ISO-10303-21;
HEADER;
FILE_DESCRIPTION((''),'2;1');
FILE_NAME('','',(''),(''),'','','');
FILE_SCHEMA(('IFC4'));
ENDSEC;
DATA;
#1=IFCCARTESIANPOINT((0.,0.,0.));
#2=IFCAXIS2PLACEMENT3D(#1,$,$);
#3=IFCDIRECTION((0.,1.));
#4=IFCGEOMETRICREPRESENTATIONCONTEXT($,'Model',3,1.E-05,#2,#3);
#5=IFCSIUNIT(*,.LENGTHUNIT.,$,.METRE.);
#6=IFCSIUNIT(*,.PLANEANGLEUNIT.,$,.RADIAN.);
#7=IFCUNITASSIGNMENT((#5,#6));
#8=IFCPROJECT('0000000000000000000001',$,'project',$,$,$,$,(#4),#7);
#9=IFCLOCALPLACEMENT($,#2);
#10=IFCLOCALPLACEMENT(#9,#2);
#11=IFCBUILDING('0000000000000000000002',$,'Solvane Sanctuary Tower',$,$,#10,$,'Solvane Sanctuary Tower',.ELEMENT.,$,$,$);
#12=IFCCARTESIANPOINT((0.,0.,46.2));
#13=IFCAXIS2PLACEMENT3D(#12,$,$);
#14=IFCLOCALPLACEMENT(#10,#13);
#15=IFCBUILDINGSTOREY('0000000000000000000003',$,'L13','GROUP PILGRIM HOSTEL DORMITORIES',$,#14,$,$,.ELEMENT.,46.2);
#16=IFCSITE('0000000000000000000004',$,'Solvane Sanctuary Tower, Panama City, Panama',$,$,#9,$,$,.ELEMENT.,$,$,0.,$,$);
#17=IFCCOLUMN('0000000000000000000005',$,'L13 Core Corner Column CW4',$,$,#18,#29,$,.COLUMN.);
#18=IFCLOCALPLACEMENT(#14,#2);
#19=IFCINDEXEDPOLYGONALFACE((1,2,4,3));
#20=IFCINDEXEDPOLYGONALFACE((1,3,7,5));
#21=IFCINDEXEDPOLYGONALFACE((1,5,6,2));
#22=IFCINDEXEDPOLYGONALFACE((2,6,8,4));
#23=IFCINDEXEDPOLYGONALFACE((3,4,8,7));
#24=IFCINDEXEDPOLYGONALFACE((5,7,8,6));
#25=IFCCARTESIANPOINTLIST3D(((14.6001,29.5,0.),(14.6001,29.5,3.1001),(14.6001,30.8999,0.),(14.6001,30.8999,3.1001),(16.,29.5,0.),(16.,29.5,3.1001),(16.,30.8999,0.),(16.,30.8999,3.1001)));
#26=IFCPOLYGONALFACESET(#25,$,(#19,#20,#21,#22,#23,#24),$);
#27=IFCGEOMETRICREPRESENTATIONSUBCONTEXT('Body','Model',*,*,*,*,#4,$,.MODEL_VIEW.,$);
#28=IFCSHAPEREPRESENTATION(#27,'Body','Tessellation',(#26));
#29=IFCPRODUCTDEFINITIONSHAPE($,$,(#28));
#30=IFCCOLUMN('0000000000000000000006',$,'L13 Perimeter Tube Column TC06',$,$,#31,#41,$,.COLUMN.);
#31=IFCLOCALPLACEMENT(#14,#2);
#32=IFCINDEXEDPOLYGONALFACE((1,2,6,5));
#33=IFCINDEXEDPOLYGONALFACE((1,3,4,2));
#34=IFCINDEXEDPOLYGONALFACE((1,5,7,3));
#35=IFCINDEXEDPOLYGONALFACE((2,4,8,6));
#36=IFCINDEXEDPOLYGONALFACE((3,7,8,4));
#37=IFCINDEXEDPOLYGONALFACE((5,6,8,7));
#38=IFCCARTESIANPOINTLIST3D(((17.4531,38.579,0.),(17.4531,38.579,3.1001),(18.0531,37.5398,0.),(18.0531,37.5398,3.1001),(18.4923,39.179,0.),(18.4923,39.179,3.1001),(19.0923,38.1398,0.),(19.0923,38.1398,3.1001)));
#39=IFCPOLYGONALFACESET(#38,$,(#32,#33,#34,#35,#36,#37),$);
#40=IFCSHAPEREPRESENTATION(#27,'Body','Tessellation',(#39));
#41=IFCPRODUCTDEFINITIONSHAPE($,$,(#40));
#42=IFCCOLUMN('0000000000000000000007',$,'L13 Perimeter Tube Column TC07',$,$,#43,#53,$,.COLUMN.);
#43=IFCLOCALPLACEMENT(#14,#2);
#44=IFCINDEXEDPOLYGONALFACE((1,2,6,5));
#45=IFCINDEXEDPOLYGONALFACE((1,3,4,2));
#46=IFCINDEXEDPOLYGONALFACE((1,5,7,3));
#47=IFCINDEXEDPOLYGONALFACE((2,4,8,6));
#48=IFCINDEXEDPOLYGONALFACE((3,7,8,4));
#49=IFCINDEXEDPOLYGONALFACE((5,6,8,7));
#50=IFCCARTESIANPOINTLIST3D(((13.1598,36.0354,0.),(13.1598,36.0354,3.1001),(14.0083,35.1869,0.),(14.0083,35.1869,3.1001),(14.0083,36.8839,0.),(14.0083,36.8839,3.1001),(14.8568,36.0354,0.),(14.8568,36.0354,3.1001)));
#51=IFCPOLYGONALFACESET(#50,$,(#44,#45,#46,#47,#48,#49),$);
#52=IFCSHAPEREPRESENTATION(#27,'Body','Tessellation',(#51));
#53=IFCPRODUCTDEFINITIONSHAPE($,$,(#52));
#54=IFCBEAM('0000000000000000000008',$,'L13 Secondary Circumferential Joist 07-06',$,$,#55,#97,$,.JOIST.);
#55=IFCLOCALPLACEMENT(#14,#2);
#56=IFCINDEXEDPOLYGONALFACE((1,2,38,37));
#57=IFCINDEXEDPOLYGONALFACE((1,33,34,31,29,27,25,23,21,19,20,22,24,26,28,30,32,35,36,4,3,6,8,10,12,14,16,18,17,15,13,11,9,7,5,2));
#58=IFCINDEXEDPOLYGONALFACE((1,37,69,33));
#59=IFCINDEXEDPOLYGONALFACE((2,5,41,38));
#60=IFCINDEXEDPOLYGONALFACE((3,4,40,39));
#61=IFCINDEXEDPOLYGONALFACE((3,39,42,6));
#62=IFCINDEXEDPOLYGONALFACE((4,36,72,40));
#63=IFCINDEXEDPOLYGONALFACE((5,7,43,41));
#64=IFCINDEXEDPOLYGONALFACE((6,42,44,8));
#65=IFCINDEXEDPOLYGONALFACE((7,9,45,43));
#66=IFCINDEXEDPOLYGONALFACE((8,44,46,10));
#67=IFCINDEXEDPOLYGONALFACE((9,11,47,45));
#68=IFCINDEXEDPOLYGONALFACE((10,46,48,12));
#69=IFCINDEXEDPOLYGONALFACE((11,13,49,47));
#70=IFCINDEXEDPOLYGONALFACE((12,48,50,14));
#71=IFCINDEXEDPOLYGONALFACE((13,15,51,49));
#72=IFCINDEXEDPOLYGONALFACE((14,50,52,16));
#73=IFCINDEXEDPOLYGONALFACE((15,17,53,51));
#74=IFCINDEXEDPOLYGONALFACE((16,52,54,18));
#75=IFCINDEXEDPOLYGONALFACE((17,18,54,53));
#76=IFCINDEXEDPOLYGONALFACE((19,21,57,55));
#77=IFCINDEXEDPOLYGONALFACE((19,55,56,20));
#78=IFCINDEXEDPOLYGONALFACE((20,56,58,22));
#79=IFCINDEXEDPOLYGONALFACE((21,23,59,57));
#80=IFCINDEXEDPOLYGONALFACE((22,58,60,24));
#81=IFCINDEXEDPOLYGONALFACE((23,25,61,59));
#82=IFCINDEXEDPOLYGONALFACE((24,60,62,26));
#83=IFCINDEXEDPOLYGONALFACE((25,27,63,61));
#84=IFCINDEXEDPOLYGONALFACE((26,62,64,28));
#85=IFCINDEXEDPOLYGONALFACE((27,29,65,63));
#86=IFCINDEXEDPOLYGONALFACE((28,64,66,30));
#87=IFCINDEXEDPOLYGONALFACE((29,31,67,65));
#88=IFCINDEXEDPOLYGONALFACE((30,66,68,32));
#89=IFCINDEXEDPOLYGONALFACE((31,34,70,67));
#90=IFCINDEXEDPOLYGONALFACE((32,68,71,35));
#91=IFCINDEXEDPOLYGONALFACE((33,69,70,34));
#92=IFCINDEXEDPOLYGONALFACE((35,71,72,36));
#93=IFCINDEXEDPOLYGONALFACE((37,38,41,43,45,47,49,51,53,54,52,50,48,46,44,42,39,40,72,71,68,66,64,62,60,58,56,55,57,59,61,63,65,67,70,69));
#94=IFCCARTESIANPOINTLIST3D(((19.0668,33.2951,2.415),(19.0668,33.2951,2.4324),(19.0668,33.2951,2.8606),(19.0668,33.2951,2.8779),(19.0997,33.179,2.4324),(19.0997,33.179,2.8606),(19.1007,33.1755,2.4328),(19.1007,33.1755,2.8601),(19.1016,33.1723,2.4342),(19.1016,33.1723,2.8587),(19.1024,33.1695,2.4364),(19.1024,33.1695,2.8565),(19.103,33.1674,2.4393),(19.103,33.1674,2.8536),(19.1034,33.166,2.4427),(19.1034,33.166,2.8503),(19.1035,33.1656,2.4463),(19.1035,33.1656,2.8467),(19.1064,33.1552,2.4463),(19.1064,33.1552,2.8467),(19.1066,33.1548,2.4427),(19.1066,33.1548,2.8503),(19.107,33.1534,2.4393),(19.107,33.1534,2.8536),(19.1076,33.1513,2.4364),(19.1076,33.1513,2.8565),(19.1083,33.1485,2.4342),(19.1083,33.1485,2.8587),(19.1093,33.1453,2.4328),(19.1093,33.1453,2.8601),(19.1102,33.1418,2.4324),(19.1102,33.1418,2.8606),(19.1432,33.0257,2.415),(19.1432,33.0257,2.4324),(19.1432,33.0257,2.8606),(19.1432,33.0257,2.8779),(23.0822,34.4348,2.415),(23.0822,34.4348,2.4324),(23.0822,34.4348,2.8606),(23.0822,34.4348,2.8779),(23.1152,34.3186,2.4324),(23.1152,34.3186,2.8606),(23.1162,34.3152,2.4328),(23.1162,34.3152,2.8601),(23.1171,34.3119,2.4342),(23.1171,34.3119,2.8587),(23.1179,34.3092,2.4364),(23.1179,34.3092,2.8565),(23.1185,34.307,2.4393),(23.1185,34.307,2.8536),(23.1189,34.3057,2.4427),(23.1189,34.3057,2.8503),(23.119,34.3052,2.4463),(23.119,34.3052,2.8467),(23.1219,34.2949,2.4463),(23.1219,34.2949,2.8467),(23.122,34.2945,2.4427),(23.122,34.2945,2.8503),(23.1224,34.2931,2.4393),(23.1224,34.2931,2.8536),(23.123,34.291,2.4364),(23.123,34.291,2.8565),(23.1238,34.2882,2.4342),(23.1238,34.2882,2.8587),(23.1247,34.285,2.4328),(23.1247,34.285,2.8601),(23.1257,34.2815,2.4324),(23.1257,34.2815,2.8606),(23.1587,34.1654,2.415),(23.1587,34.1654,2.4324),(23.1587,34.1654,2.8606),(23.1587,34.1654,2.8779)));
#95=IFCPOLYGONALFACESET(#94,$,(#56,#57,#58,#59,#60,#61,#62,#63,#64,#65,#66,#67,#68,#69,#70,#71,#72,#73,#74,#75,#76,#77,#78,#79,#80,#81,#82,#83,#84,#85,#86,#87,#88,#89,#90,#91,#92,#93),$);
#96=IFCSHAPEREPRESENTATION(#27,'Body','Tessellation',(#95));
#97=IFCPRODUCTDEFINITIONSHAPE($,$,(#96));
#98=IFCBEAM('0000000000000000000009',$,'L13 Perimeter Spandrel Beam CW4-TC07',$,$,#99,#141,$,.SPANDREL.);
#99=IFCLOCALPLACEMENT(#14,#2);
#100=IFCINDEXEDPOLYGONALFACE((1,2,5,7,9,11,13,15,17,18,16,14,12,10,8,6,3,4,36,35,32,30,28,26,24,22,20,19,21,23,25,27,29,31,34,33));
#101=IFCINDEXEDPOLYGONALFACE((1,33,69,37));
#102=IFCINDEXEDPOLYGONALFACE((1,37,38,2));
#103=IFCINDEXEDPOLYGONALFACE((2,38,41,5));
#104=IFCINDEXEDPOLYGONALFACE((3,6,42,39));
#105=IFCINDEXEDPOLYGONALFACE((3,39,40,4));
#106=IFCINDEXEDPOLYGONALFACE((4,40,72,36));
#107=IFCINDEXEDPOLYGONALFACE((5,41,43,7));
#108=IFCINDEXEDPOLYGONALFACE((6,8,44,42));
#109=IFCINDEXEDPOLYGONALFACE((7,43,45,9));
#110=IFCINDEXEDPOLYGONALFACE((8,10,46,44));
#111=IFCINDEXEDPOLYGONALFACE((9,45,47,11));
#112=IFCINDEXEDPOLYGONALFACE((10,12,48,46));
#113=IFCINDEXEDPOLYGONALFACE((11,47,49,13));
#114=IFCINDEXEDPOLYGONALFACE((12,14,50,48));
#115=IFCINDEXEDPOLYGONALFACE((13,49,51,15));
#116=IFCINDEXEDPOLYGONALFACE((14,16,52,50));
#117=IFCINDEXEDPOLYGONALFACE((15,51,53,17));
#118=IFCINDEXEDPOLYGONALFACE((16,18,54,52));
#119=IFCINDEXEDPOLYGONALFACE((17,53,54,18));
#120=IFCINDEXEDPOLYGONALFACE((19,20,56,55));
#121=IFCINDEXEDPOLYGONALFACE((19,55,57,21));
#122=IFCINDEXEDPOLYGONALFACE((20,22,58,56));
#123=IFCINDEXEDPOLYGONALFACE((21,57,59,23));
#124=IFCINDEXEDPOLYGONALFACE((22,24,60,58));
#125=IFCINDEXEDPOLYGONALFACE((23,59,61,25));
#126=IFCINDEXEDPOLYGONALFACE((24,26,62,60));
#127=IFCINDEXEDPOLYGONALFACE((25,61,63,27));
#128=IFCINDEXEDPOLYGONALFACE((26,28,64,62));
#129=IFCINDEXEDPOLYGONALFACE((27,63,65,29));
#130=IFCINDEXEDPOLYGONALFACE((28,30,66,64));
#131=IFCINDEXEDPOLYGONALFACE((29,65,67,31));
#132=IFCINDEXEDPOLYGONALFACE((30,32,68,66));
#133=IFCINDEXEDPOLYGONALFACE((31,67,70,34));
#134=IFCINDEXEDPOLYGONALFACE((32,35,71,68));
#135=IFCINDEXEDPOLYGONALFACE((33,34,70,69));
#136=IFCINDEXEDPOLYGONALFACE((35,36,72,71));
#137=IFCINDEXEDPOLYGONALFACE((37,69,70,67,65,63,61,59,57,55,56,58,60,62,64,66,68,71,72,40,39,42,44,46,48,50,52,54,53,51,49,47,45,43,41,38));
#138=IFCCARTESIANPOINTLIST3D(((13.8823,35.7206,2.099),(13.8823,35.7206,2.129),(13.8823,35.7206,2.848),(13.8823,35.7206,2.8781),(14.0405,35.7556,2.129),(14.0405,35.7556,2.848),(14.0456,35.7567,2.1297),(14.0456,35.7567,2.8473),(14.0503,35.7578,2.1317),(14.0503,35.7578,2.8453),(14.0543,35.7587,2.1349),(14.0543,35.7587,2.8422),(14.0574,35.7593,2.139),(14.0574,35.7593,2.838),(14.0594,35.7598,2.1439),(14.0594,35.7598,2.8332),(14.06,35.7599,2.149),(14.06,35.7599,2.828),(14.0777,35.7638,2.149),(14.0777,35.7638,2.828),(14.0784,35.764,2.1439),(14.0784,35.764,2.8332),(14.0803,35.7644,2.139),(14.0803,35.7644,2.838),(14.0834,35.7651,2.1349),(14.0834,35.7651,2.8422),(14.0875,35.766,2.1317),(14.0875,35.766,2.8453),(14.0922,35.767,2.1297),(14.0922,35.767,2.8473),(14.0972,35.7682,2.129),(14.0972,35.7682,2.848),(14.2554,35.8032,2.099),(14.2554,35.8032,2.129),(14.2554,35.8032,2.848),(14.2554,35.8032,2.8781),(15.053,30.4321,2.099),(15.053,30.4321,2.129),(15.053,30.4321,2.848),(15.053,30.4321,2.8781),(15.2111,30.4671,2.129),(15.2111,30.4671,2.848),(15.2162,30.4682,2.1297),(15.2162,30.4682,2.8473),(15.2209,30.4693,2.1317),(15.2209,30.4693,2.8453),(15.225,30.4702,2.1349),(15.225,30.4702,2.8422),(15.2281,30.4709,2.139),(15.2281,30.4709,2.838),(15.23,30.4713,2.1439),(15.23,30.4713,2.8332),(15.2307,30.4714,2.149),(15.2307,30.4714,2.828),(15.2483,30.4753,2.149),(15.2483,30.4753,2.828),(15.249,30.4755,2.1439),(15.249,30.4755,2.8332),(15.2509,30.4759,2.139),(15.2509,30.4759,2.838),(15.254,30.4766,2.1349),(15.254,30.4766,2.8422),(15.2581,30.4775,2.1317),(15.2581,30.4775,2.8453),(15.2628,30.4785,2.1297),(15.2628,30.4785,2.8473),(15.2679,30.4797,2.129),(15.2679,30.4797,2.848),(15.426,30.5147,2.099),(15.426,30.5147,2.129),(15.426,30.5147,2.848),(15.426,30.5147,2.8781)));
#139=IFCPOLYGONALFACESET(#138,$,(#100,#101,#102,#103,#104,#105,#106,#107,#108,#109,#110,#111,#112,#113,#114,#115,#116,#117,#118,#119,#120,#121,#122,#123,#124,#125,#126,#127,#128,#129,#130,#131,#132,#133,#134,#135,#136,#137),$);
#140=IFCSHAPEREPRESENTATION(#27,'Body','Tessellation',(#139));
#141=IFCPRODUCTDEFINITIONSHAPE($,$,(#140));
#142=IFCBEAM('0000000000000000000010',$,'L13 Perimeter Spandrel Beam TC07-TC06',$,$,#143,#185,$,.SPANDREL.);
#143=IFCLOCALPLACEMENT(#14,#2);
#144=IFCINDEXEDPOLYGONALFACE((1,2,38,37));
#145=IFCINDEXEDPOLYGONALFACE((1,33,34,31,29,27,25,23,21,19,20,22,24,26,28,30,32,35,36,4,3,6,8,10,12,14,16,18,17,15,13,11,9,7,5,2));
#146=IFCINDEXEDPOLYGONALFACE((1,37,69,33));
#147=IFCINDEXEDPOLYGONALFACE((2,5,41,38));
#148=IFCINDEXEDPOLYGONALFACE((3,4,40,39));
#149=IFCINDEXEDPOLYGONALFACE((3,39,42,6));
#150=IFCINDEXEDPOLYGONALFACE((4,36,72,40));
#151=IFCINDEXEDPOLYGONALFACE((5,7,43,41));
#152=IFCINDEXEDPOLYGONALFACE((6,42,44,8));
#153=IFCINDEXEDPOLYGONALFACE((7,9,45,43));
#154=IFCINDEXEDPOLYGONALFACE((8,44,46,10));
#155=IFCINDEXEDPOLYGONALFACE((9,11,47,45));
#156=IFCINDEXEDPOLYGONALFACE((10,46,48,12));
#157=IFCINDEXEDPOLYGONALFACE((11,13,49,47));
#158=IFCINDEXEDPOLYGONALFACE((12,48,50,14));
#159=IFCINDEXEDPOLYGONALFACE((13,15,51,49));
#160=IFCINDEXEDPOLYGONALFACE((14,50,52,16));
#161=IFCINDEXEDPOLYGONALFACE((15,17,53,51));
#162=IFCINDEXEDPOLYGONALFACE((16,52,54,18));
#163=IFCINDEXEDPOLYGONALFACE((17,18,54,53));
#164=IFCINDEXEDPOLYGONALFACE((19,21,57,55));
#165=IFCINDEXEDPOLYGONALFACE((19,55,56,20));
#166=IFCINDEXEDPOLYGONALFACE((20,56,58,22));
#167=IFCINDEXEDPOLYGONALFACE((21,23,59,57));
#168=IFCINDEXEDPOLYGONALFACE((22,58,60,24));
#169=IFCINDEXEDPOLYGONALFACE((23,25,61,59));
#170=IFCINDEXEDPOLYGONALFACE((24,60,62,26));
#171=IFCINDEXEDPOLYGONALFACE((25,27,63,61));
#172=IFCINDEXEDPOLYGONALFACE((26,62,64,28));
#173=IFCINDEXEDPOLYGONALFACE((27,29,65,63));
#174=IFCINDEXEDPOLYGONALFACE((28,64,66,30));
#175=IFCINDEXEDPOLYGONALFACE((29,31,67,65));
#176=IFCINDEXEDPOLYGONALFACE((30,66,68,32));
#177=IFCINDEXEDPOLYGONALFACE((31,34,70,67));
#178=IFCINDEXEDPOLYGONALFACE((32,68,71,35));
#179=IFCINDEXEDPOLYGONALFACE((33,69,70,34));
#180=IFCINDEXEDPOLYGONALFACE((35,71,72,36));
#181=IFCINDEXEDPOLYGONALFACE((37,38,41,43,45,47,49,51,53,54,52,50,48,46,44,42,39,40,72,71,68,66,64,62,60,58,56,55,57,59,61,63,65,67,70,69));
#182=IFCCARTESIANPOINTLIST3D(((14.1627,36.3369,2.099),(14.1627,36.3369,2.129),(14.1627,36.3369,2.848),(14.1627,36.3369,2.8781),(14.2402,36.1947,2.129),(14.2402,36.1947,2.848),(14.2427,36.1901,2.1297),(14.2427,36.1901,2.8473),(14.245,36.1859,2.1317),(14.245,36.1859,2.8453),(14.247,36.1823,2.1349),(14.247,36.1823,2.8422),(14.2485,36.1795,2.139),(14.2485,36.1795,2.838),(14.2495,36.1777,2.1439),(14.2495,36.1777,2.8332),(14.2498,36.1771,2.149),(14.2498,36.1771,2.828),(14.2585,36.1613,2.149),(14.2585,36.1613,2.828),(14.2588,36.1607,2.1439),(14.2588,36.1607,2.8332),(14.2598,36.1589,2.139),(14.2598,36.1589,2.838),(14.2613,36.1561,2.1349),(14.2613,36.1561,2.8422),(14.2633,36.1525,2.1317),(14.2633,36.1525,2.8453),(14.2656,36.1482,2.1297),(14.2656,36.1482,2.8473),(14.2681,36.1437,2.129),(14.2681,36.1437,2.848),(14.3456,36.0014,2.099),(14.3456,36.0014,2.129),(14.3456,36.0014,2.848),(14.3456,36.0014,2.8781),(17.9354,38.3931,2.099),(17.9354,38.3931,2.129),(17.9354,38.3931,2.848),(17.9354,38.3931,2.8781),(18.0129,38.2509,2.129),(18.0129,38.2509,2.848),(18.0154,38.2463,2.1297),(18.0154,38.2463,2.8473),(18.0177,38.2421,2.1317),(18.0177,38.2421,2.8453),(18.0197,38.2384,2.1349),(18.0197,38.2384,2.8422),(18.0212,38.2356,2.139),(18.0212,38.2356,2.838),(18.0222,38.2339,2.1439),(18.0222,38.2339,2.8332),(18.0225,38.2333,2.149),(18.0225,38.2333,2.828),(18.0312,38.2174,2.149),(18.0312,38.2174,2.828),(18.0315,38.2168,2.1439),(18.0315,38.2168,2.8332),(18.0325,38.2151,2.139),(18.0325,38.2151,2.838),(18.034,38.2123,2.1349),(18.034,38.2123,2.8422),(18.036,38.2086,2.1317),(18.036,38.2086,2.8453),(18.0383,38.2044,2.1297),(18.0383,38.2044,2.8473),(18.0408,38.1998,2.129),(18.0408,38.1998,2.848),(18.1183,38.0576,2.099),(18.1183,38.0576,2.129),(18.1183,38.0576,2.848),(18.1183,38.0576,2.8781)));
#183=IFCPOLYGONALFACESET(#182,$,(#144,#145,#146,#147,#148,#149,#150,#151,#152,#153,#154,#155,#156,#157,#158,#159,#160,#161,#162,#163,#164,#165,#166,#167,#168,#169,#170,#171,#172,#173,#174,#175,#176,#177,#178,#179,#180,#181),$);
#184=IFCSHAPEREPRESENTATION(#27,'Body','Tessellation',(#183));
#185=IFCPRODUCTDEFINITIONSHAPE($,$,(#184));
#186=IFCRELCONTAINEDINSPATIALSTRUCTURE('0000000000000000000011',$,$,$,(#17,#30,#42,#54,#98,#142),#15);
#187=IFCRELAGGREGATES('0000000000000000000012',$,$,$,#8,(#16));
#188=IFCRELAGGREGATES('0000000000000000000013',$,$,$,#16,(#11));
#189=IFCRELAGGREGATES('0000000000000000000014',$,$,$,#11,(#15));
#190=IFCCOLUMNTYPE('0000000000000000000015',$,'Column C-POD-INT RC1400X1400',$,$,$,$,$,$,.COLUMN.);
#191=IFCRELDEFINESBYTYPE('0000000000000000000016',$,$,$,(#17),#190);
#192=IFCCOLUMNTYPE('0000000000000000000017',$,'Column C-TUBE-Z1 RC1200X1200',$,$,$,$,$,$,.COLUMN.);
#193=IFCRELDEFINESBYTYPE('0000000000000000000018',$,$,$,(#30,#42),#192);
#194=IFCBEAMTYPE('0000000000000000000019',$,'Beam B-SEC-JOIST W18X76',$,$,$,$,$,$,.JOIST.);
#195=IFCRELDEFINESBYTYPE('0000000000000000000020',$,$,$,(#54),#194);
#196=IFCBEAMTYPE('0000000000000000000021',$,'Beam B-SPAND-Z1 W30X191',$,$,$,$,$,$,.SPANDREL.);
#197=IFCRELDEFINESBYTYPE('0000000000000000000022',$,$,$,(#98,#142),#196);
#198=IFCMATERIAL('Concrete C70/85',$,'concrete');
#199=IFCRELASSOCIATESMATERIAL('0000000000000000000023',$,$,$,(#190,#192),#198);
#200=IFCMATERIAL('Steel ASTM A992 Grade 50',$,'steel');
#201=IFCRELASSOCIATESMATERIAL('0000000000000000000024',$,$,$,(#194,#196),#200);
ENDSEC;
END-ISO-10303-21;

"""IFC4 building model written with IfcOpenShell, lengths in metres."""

from ifc_helpers import new_model, si_unit, direction, frame, origin, origin_2d, place, context, subcontext, project, spatial, rectangle, i_section, extrude, material, material_profile, profile_set, type_object, element, save


model = new_model("IFC4")

# Units and contexts
model_context = context("Model", 3, precision=1e-05, world=origin(), true_north=direction((0.0, 1.0)))
body_context = subcontext(model_context, "Body", "Model", "MODEL_VIEW")
ifc_project = project(units=[si_unit("LENGTHUNIT", "METRE"), si_unit("PLANEANGLEUNIT", "RADIAN")], contexts=[model_context])

# Site, building, storey
site_placement = place(None, origin())
site = spatial("IfcSite", under=ifc_project, at=site_placement, Name="Solvane Sanctuary Tower, Panama City, Panama", CompositionType="ELEMENT", RefElevation=0.0)
building_placement = place(site_placement, origin())
building = spatial("IfcBuilding", under=site, at=building_placement, Name="Solvane Sanctuary Tower", LongName="Solvane Sanctuary Tower", CompositionType="ELEMENT")
storey_placement = place(building_placement, frame((0.0, 0.0, 46.2)))
storey = spatial("IfcBuildingStorey", under=building, at=storey_placement, Name="L13", Description="GROUP PILGRIM HOSTEL DORMITORIES", CompositionType="ELEMENT", Elevation=46.2)

# Columns
ifc_material_1 = material(Name="Concrete C70/85", Category="concrete")
ifc_material_profile_1 = material_profile(ifc_material_1, rectangle(XDim=1.3999, YDim=1.3999, at=origin_2d()), Name="RC1400X1400")
ifc_profile_set_1 = profile_set([ifc_material_profile_1], Name="Concrete C70/85")
column_type_1 = type_object("IfcColumnType", Name="Column C-POD-INT RC1400X1400", PredefinedType="COLUMN", material=ifc_profile_set_1)
column_placement = place(storey_placement, frame((15.3, 30.2, 0.0), z_axis=(0.0, 0.0, 1.0), x_axis=(1.0, 0.0, 0.0)))
element("IfcColumn", 1, at=column_placement, inside=storey, type_object=column_type_1, Name="L13 Core Corner Column CW4", PredefinedType="COLUMN", context=body_context, shape_type="SweptSolid", body=[
    extrude(rectangle(XDim=1.3999, YDim=1.3999, at=origin_2d()), origin(), (0.0, 0.0, 1.0), 3.1001),
])
ifc_material_profile_2 = material_profile(ifc_material_1, rectangle(XDim=1.2, YDim=1.2, at=origin_2d()), Name="RC1200X1200")
ifc_profile_set_2 = profile_set([ifc_material_profile_2], Name="Concrete C70/85")
column_type_2 = type_object("IfcColumnType", Name="Column C-TUBE-Z1 RC1200X1200", PredefinedType="COLUMN", material=ifc_profile_set_2)
for number, where, z_axis, x_axis, name in (
    (2, (18.2727, 38.3594, 0.0), (0.0, 0.0, 1.0), (-0.5, 0.866025, 0.0), "L13 Perimeter Tube Column TC06"),
    (3, (14.0083, 36.0354, 0.0), (0.0, 0.0, 1.0), (-0.707107, 0.707107, 0.0), "L13 Perimeter Tube Column TC07"),
):
    element("IfcColumn", number, at=place(storey_placement, frame(where, z_axis=z_axis, x_axis=x_axis)), inside=storey, type_object=column_type_2, Name=name, PredefinedType="COLUMN", context=body_context, shape_type="SweptSolid", body=[
        extrude(rectangle(XDim=1.2, YDim=1.2, at=origin_2d()), origin(), (0.0, 0.0, 1.0), 3.1001),
    ])

# Beams
ifc_material_2 = material(Name="Steel ASTM A992 Grade 50", Category="steel")
ifc_material_profile_3 = material_profile(ifc_material_2, i_section(OverallWidth=0.28, OverallDepth=0.4629, WebThickness=0.0107, FlangeThickness=0.0173, FilletRadius=0.0139, at=origin_2d()), Name="W18X76")
ifc_profile_set_3 = profile_set([ifc_material_profile_3], Name="Steel ASTM A992 Grade 50")
beam_type_1 = type_object("IfcBeamType", Name="Beam B-SEC-JOIST W18X76", PredefinedType="JOIST", material=ifc_profile_set_3)
beam_1_placement = place(storey_placement, frame((19.105, 33.1604, 2.6465), z_axis=(0.962004, 0.273037, 0.0), x_axis=(-0.273037, 0.962004, 0.0)))
element("IfcBeam", 4, at=beam_1_placement, inside=storey, type_object=beam_type_1, Name="L13 Secondary Circumferential Joist 07-06", PredefinedType="JOIST", context=body_context, shape_type="SweptSolid", body=[
    extrude(i_section(OverallWidth=0.28, OverallDepth=0.4629, WebThickness=0.0107, FlangeThickness=0.0173, FilletRadius=0.0139, at=origin_2d()), origin(), (0.0, 0.0, 1.0), 4.1741),
])
ifc_material_profile_4 = material_profile(ifc_material_2, i_section(OverallWidth=0.3821, OverallDepth=0.7791, WebThickness=0.0181, FlangeThickness=0.03, FilletRadius=0.02, at=origin_2d()), Name="W30X191")
ifc_profile_set_4 = profile_set([ifc_material_profile_4], Name="Steel ASTM A992 Grade 50")
beam_type_2 = type_object("IfcBeamType", Name="Beam B-SPAND-Z1 W30X191", PredefinedType="SPANDREL", material=ifc_profile_set_4)
beam_2_placement = place(storey_placement, frame((15.2395, 30.4734, 2.4885), z_axis=(-0.216124, 0.976366, 0.0), x_axis=(-0.976366, -0.216124, 0.0)))
element("IfcBeam", 5, at=beam_2_placement, inside=storey, type_object=beam_type_2, Name="L13 Perimeter Spandrel Beam CW4-TC07", PredefinedType="SPANDREL", context=body_context, shape_type="SweptSolid", body=[
    extrude(i_section(OverallWidth=0.3821, OverallDepth=0.7791, WebThickness=0.0181, FlangeThickness=0.03, FilletRadius=0.02, at=origin_2d()), origin(), (0.0, 0.0, 1.0), 5.4165),
])
beam_3_placement = place(storey_placement, frame((14.2542, 36.1692, 2.4885), z_axis=(0.878061, 0.47855, 0.0), x_axis=(-0.47855, 0.878061, 0.0)))
element("IfcBeam", 6, at=beam_3_placement, inside=storey, type_object=beam_type_2, Name="L13 Perimeter Spandrel Beam TC07-TC06", PredefinedType="SPANDREL", context=body_context, shape_type="SweptSolid", body=[
    extrude(i_section(OverallWidth=0.3821, OverallDepth=0.7791, WebThickness=0.0181, FlangeThickness=0.03, FilletRadius=0.02, at=origin_2d()), origin(), (0.0, 0.0, 1.0), 4.2966),
])

save(model, "model.ifc")
